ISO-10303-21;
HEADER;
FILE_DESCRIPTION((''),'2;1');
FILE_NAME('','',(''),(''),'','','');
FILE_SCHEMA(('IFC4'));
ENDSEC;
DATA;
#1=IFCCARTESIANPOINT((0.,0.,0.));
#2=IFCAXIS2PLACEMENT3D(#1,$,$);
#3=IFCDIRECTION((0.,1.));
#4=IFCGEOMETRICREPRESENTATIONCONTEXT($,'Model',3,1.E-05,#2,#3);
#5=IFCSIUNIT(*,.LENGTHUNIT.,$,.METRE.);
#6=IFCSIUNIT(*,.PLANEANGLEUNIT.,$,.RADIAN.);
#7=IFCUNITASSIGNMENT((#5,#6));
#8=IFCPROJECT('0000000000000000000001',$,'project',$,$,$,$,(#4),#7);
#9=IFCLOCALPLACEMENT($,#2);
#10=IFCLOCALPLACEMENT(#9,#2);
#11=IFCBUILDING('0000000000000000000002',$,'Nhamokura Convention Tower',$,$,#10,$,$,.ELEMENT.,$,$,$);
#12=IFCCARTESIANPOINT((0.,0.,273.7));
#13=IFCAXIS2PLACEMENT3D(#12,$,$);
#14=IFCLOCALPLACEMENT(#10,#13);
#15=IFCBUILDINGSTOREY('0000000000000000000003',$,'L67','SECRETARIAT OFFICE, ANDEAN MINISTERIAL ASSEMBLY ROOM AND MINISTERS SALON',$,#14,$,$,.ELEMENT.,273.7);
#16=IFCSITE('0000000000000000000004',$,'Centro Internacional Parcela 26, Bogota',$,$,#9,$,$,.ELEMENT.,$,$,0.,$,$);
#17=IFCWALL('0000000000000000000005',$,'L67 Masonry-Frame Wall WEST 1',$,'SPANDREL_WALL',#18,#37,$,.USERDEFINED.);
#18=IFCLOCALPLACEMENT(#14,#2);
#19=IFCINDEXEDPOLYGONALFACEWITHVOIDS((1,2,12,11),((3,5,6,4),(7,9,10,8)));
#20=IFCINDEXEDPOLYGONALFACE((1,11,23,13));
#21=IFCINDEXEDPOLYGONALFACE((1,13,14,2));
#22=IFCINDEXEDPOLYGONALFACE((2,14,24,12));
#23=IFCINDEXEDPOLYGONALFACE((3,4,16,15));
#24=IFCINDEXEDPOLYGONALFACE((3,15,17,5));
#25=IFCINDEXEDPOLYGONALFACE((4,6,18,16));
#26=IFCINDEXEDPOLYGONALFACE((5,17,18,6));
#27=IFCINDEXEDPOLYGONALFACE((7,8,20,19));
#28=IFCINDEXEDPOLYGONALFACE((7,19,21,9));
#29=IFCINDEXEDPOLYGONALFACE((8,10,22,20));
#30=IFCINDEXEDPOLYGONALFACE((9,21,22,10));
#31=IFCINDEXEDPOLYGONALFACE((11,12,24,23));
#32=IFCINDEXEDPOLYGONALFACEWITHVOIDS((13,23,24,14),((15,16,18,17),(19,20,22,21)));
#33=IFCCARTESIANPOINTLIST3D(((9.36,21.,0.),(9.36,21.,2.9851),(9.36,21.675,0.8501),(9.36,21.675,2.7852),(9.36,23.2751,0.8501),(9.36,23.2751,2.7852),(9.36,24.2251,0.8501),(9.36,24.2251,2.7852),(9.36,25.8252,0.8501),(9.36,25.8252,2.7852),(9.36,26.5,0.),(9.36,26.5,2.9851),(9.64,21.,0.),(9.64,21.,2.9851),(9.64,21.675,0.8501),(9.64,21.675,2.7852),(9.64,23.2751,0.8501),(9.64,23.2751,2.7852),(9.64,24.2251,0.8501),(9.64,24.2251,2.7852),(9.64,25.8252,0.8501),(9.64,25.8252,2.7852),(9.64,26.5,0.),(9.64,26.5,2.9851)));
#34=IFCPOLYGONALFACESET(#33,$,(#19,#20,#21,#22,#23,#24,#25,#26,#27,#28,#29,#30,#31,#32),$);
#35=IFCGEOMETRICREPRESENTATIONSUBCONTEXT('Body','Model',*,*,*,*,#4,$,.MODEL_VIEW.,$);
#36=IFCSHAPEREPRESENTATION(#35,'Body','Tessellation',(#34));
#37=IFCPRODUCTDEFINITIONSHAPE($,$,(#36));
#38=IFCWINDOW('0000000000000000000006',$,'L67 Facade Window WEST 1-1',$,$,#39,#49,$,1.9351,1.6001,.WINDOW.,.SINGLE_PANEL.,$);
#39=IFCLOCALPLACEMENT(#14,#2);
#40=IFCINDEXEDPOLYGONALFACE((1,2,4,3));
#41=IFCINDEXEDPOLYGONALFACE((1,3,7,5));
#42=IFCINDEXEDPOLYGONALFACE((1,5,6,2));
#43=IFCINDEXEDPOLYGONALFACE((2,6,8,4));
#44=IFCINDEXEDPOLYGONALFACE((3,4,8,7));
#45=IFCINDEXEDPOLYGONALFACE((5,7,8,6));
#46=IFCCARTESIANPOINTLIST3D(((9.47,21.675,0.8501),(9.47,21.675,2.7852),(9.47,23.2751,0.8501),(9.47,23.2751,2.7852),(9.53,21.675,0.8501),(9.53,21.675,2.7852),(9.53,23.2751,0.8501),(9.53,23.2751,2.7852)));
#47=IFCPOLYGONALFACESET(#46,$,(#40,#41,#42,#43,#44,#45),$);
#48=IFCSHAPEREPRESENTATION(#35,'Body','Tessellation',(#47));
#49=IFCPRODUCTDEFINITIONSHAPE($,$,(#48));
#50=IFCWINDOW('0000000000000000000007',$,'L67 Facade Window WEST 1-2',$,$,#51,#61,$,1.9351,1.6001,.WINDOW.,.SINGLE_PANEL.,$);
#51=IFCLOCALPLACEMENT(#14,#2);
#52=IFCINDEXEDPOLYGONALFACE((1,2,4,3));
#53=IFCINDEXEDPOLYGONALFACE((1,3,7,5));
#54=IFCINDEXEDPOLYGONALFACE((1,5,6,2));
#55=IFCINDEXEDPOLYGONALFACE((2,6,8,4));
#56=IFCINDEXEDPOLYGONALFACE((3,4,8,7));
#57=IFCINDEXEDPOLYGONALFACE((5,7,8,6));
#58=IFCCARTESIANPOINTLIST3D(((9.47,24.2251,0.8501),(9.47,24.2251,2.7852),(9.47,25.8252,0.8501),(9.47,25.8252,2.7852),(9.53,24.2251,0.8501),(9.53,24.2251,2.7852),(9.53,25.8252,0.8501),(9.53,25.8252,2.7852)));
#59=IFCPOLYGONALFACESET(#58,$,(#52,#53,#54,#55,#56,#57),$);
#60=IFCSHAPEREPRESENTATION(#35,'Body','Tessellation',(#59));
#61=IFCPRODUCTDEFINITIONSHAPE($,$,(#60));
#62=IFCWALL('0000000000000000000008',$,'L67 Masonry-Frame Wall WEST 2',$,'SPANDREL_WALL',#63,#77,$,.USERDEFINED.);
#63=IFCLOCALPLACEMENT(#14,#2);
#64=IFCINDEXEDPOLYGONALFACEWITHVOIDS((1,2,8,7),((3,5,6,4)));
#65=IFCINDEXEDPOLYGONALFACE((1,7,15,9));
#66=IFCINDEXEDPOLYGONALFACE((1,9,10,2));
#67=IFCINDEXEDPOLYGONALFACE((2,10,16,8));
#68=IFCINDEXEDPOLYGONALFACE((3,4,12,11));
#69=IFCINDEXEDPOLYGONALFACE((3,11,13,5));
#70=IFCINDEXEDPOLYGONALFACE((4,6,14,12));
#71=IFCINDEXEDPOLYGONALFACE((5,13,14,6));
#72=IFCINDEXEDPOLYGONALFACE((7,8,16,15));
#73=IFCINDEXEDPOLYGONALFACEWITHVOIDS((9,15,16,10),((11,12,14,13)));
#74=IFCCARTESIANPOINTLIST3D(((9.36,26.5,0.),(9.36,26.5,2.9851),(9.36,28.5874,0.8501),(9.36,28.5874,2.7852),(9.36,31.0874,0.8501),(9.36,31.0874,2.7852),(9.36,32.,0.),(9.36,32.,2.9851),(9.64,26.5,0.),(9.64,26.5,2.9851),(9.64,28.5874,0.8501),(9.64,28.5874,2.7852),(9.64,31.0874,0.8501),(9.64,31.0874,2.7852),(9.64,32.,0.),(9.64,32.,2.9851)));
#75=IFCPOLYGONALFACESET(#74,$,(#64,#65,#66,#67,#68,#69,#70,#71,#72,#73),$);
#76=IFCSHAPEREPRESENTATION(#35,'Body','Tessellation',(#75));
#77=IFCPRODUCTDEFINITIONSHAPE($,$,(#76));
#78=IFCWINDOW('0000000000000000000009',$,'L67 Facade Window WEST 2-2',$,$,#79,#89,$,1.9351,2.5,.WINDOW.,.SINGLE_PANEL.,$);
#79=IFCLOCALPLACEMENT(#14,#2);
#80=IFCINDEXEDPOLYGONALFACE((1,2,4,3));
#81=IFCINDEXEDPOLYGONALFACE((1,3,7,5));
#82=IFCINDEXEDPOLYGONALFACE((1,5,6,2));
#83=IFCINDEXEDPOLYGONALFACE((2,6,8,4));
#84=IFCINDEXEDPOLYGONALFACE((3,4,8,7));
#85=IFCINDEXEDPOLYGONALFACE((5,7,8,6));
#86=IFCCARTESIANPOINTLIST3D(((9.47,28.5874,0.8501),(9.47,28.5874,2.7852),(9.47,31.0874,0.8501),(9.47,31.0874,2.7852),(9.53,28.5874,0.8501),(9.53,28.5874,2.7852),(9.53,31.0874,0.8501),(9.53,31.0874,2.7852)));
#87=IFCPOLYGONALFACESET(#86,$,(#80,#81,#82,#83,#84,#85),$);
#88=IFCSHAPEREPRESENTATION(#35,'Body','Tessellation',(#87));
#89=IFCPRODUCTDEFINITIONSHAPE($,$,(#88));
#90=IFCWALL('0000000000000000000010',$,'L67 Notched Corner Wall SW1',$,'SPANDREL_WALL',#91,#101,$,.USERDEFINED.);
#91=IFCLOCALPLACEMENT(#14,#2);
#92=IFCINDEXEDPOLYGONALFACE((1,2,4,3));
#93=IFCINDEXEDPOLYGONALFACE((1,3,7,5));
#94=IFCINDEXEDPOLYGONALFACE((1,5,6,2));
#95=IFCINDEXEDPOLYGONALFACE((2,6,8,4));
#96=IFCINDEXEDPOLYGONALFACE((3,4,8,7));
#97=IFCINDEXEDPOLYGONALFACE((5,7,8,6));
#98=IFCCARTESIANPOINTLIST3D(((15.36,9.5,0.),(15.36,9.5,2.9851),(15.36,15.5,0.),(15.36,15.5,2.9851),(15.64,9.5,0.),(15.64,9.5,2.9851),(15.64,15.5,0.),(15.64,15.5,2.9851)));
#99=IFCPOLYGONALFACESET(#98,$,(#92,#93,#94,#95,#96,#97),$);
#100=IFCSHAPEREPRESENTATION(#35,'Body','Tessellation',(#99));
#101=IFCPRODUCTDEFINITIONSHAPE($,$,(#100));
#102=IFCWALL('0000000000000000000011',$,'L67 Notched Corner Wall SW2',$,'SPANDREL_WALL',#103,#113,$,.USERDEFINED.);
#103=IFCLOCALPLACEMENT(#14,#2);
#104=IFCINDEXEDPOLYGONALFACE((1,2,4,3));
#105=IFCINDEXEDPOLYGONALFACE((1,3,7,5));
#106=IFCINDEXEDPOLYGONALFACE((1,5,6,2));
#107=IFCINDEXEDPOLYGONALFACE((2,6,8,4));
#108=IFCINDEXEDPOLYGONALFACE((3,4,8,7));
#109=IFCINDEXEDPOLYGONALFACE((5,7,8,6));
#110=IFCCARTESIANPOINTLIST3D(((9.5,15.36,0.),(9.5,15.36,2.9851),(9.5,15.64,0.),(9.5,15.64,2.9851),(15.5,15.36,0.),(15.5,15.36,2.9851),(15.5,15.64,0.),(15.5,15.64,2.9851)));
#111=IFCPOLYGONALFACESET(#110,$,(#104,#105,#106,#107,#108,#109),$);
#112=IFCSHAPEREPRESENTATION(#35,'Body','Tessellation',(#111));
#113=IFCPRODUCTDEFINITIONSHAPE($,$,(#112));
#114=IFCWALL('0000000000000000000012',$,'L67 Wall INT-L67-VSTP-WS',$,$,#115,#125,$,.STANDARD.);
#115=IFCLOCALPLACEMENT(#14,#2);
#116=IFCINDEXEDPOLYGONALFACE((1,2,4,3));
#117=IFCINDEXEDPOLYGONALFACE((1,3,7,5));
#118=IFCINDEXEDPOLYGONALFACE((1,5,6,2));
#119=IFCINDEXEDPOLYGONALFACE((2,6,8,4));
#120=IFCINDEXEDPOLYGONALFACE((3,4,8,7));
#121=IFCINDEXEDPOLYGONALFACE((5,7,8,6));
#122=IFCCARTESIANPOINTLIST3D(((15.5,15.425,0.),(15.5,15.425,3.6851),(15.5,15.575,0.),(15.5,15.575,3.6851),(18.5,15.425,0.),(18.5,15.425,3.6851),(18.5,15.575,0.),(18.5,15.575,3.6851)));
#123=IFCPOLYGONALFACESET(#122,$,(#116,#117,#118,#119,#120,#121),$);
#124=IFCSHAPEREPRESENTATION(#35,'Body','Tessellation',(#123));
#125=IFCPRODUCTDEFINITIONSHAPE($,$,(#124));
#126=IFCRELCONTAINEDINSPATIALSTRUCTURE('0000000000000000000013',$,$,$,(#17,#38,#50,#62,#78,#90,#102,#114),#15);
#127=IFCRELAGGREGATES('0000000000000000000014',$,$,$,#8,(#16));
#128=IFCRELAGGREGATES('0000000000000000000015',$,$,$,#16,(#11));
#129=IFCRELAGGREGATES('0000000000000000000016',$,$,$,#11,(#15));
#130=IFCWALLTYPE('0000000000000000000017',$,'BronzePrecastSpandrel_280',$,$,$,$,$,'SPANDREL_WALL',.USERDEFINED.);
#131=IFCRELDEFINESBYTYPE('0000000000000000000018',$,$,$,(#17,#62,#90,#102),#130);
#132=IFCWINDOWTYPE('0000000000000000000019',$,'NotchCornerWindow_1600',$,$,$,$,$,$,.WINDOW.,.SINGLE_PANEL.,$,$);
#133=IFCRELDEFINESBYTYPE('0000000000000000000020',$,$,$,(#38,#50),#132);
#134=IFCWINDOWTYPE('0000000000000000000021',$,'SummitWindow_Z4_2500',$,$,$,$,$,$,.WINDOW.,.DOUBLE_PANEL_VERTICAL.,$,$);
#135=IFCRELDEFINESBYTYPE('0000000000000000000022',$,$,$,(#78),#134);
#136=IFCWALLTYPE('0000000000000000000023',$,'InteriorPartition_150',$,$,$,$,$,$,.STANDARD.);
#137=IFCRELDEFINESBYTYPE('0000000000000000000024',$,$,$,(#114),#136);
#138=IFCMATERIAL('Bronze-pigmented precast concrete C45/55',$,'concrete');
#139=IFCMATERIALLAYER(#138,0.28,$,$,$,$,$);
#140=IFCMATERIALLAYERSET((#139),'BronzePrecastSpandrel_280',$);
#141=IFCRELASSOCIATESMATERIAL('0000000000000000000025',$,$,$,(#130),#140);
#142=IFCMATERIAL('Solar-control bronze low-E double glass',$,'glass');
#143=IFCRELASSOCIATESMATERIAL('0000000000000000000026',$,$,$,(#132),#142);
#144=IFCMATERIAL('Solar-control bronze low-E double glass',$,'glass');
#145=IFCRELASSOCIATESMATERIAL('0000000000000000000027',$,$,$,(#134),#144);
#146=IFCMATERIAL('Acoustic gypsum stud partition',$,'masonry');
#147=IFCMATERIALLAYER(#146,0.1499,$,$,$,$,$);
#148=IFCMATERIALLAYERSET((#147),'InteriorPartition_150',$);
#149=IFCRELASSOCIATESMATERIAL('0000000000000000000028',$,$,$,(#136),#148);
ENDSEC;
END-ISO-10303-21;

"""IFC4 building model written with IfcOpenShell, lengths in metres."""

from ifc_helpers import new_model, si_unit, direction, frame, frame_2d, origin, place, context, subcontext, project, spatial, rectangle, extrude, material, layer, layer_set, type_object, element, fill, save


model = new_model("IFC4")

# Units and contexts
model_context = context("Model", 3, precision=1e-05, world=origin(), true_north=direction((0.0, 1.0)))
body_context = subcontext(model_context, "Body", "Model", "MODEL_VIEW")
ifc_project = project(units=[si_unit("LENGTHUNIT", "METRE"), si_unit("PLANEANGLEUNIT", "RADIAN")], contexts=[model_context])

# Site, building, storey
site_placement = place(None, origin())
site = spatial("IfcSite", under=ifc_project, at=site_placement, Name="Centro Internacional Parcela 26, Bogota", CompositionType="ELEMENT", RefElevation=0.0)
building_placement = place(site_placement, origin())
building = spatial("IfcBuilding", under=site, at=building_placement, Name="Nhamokura Convention Tower", CompositionType="ELEMENT")
storey_placement = place(building_placement, frame((0.0, 0.0, 273.7)))
storey = spatial("IfcBuildingStorey", under=building, at=storey_placement, Name="L67", Description="SECRETARIAT OFFICE, ANDEAN MINISTERIAL ASSEMBLY ROOM AND MINISTERS SALON", CompositionType="ELEMENT", Elevation=273.7)

# Shared definitions
ifc_material_1 = material(Name="Bronze-pigmented precast concrete C45/55", Category="concrete")
ifc_layer_1 = layer(ifc_material_1, 0.28)
ifc_layer_set_1 = layer_set([ifc_layer_1], Name="BronzePrecastSpandrel_280")
wall_type_1 = type_object("IfcWallType", Name="BronzePrecastSpandrel_280", ElementType="SPANDREL_WALL", PredefinedType="USERDEFINED", material=ifc_layer_set_1)

# Wall, openings, windows
wall_1_placement = place(storey_placement, frame((9.5, 21.0, 0.0), z_axis=(0.0, 0.0, 1.0), x_axis=(0.0, 1.0, 0.0)))
wall_1 = element("IfcWall", 1, at=wall_1_placement, inside=storey, type_object=wall_type_1, Name="L67 Masonry-Frame Wall WEST 1", ObjectType="SPANDREL_WALL", PredefinedType="USERDEFINED", context=body_context, shape_type="SweptSolid", body=[
    extrude(rectangle(XDim=5.5, YDim=0.28, at=frame_2d((2.75, 0.0))), origin(), (0.0, 0.0, 1.0), 2.9851),
])
opening_1_placement = place(wall_1_placement, frame((0.675, 0.0, 0.8501)))
opening_1 = element("IfcOpeningElement", 2, at=opening_1_placement, cuts=wall_1, PredefinedType="OPENING", context=body_context, shape_type="SweptSolid", body=[
    extrude(rectangle(XDim=1.6001, YDim=1.9351, at=frame_2d((0.8, 0.9675))), frame((0.0, 0.1499, 0.0), z_axis=(0.0, -1.0, 0.0), x_axis=(1.0, 0.0, 0.0)), (0.0, 0.0, 1.0), 0.3),
])
opening_2_placement = place(wall_1_placement, frame((3.2251, 0.0, 0.8501)))
opening_2 = element("IfcOpeningElement", 3, at=opening_2_placement, cuts=wall_1, PredefinedType="OPENING", context=body_context, shape_type="SweptSolid", body=[
    extrude(rectangle(XDim=1.6001, YDim=1.9351, at=frame_2d((0.8, 0.9675))), frame((0.0, 0.1499, 0.0), z_axis=(0.0, -1.0, 0.0), x_axis=(1.0, 0.0, 0.0)), (0.0, 0.0, 1.0), 0.3),
])
ifc_material_2 = material(Name="Solar-control bronze low-E double glass", Category="glass")
window_type_1 = type_object("IfcWindowType", Name="NotchCornerWindow_1600", PartitioningType="SINGLE_PANEL", PredefinedType="WINDOW", material=ifc_material_2)
window_1_placement = place(opening_1_placement, origin())
window_1 = element("IfcWindow", 4, at=window_1_placement, inside=storey, type_object=window_type_1, Name="L67 Facade Window WEST 1-1", OverallHeight=1.9351, OverallWidth=1.6001, PartitioningType="SINGLE_PANEL", PredefinedType="WINDOW", context=body_context, shape_type="SweptSolid", body=[
    extrude(rectangle(XDim=1.6001, YDim=1.9351, at=frame_2d((0.8, 0.9675))), frame((0.0, 0.03, 0.0), z_axis=(0.0, -1.0, 0.0), x_axis=(1.0, 0.0, 0.0)), (0.0, 0.0, 1.0), 0.0601),
])
fill(opening_1, window_1)
window_2_placement = place(opening_2_placement, origin())
window_2 = element("IfcWindow", 5, at=window_2_placement, inside=storey, type_object=window_type_1, Name="L67 Facade Window WEST 1-2", OverallHeight=1.9351, OverallWidth=1.6001, PartitioningType="SINGLE_PANEL", PredefinedType="WINDOW", context=body_context, shape_type="SweptSolid", body=[
    extrude(rectangle(XDim=1.6001, YDim=1.9351, at=frame_2d((0.8, 0.9675))), frame((0.0, 0.03, 0.0), z_axis=(0.0, -1.0, 0.0), x_axis=(1.0, 0.0, 0.0)), (0.0, 0.0, 1.0), 0.0601),
])
fill(opening_2, window_2)

# Wall, opening, window
wall_2_placement = place(storey_placement, frame((9.5, 26.5, 0.0), z_axis=(0.0, 0.0, 1.0), x_axis=(0.0, 1.0, 0.0)))
wall_2 = element("IfcWall", 6, at=wall_2_placement, inside=storey, type_object=wall_type_1, Name="L67 Masonry-Frame Wall WEST 2", ObjectType="SPANDREL_WALL", PredefinedType="USERDEFINED", context=body_context, shape_type="SweptSolid", body=[
    extrude(rectangle(XDim=5.5, YDim=0.28, at=frame_2d((2.75, 0.0))), origin(), (0.0, 0.0, 1.0), 2.9851),
])
opening_3_placement = place(wall_2_placement, frame((2.0874, 0.0, 0.8501)))
opening_3 = element("IfcOpeningElement", 7, at=opening_3_placement, cuts=wall_2, PredefinedType="OPENING", context=body_context, shape_type="SweptSolid", body=[
    extrude(rectangle(XDim=2.5, YDim=1.9351, at=frame_2d((1.25, 0.9675))), frame((0.0, 0.1499, 0.0), z_axis=(0.0, -1.0, 0.0), x_axis=(1.0, 0.0, 0.0)), (0.0, 0.0, 1.0), 0.3),
])
ifc_material_3 = material(Name="Solar-control bronze low-E double glass", Category="glass")
window_type_2 = type_object("IfcWindowType", Name="SummitWindow_Z4_2500", PartitioningType="DOUBLE_PANEL_VERTICAL", PredefinedType="WINDOW", material=ifc_material_3)
window_3_placement = place(opening_3_placement, origin())
window_3 = element("IfcWindow", 8, at=window_3_placement, inside=storey, type_object=window_type_2, Name="L67 Facade Window WEST 2-2", OverallHeight=1.9351, OverallWidth=2.5, PartitioningType="SINGLE_PANEL", PredefinedType="WINDOW", context=body_context, shape_type="SweptSolid", body=[
    extrude(rectangle(XDim=2.5, YDim=1.9351, at=frame_2d((1.25, 0.9675))), frame((0.0, 0.03, 0.0), z_axis=(0.0, -1.0, 0.0), x_axis=(1.0, 0.0, 0.0)), (0.0, 0.0, 1.0), 0.0601),
])
fill(opening_3, window_3)

# Walls
for number, where, z_axis, x_axis, name in (
    (9, (15.5, 9.5, 0.0), (0.0, 0.0, 1.0), (0.0, 1.0, 0.0), "L67 Notched Corner Wall SW1"),
    (10, (15.5, 15.5, 0.0), (0.0, 0.0, 1.0), (-1.0, 0.0, 0.0), "L67 Notched Corner Wall SW2"),
):
    element("IfcWall", number, at=place(storey_placement, frame(where, z_axis=z_axis, x_axis=x_axis)), inside=storey, type_object=wall_type_1, Name=name, ObjectType="SPANDREL_WALL", PredefinedType="USERDEFINED", context=body_context, shape_type="SweptSolid", body=[
        extrude(rectangle(XDim=6.0, YDim=0.28, at=frame_2d((3.0, 0.0))), origin(), (0.0, 0.0, 1.0), 2.9851),
    ])
ifc_material_4 = material(Name="Acoustic gypsum stud partition", Category="masonry")
ifc_layer_2 = layer(ifc_material_4, 0.1499)
ifc_layer_set_2 = layer_set([ifc_layer_2], Name="InteriorPartition_150")
wall_type_2 = type_object("IfcWallType", Name="InteriorPartition_150", PredefinedType="STANDARD", material=ifc_layer_set_2)
wall_3_placement = place(storey_placement, frame((15.5, 15.5, 0.0), z_axis=(0.0, 0.0, 1.0), x_axis=(1.0, 0.0, 0.0)))
element("IfcWall", 11, at=wall_3_placement, inside=storey, type_object=wall_type_2, Name="L67 Wall INT-L67-VSTP-WS", PredefinedType="STANDARD", context=body_context, shape_type="SweptSolid", body=[
    extrude(rectangle(XDim=3.0, YDim=0.1499, at=frame_2d((1.5, 0.0))), origin(), (0.0, 0.0, 1.0), 3.6851),
])

save(model, "model.ifc")
